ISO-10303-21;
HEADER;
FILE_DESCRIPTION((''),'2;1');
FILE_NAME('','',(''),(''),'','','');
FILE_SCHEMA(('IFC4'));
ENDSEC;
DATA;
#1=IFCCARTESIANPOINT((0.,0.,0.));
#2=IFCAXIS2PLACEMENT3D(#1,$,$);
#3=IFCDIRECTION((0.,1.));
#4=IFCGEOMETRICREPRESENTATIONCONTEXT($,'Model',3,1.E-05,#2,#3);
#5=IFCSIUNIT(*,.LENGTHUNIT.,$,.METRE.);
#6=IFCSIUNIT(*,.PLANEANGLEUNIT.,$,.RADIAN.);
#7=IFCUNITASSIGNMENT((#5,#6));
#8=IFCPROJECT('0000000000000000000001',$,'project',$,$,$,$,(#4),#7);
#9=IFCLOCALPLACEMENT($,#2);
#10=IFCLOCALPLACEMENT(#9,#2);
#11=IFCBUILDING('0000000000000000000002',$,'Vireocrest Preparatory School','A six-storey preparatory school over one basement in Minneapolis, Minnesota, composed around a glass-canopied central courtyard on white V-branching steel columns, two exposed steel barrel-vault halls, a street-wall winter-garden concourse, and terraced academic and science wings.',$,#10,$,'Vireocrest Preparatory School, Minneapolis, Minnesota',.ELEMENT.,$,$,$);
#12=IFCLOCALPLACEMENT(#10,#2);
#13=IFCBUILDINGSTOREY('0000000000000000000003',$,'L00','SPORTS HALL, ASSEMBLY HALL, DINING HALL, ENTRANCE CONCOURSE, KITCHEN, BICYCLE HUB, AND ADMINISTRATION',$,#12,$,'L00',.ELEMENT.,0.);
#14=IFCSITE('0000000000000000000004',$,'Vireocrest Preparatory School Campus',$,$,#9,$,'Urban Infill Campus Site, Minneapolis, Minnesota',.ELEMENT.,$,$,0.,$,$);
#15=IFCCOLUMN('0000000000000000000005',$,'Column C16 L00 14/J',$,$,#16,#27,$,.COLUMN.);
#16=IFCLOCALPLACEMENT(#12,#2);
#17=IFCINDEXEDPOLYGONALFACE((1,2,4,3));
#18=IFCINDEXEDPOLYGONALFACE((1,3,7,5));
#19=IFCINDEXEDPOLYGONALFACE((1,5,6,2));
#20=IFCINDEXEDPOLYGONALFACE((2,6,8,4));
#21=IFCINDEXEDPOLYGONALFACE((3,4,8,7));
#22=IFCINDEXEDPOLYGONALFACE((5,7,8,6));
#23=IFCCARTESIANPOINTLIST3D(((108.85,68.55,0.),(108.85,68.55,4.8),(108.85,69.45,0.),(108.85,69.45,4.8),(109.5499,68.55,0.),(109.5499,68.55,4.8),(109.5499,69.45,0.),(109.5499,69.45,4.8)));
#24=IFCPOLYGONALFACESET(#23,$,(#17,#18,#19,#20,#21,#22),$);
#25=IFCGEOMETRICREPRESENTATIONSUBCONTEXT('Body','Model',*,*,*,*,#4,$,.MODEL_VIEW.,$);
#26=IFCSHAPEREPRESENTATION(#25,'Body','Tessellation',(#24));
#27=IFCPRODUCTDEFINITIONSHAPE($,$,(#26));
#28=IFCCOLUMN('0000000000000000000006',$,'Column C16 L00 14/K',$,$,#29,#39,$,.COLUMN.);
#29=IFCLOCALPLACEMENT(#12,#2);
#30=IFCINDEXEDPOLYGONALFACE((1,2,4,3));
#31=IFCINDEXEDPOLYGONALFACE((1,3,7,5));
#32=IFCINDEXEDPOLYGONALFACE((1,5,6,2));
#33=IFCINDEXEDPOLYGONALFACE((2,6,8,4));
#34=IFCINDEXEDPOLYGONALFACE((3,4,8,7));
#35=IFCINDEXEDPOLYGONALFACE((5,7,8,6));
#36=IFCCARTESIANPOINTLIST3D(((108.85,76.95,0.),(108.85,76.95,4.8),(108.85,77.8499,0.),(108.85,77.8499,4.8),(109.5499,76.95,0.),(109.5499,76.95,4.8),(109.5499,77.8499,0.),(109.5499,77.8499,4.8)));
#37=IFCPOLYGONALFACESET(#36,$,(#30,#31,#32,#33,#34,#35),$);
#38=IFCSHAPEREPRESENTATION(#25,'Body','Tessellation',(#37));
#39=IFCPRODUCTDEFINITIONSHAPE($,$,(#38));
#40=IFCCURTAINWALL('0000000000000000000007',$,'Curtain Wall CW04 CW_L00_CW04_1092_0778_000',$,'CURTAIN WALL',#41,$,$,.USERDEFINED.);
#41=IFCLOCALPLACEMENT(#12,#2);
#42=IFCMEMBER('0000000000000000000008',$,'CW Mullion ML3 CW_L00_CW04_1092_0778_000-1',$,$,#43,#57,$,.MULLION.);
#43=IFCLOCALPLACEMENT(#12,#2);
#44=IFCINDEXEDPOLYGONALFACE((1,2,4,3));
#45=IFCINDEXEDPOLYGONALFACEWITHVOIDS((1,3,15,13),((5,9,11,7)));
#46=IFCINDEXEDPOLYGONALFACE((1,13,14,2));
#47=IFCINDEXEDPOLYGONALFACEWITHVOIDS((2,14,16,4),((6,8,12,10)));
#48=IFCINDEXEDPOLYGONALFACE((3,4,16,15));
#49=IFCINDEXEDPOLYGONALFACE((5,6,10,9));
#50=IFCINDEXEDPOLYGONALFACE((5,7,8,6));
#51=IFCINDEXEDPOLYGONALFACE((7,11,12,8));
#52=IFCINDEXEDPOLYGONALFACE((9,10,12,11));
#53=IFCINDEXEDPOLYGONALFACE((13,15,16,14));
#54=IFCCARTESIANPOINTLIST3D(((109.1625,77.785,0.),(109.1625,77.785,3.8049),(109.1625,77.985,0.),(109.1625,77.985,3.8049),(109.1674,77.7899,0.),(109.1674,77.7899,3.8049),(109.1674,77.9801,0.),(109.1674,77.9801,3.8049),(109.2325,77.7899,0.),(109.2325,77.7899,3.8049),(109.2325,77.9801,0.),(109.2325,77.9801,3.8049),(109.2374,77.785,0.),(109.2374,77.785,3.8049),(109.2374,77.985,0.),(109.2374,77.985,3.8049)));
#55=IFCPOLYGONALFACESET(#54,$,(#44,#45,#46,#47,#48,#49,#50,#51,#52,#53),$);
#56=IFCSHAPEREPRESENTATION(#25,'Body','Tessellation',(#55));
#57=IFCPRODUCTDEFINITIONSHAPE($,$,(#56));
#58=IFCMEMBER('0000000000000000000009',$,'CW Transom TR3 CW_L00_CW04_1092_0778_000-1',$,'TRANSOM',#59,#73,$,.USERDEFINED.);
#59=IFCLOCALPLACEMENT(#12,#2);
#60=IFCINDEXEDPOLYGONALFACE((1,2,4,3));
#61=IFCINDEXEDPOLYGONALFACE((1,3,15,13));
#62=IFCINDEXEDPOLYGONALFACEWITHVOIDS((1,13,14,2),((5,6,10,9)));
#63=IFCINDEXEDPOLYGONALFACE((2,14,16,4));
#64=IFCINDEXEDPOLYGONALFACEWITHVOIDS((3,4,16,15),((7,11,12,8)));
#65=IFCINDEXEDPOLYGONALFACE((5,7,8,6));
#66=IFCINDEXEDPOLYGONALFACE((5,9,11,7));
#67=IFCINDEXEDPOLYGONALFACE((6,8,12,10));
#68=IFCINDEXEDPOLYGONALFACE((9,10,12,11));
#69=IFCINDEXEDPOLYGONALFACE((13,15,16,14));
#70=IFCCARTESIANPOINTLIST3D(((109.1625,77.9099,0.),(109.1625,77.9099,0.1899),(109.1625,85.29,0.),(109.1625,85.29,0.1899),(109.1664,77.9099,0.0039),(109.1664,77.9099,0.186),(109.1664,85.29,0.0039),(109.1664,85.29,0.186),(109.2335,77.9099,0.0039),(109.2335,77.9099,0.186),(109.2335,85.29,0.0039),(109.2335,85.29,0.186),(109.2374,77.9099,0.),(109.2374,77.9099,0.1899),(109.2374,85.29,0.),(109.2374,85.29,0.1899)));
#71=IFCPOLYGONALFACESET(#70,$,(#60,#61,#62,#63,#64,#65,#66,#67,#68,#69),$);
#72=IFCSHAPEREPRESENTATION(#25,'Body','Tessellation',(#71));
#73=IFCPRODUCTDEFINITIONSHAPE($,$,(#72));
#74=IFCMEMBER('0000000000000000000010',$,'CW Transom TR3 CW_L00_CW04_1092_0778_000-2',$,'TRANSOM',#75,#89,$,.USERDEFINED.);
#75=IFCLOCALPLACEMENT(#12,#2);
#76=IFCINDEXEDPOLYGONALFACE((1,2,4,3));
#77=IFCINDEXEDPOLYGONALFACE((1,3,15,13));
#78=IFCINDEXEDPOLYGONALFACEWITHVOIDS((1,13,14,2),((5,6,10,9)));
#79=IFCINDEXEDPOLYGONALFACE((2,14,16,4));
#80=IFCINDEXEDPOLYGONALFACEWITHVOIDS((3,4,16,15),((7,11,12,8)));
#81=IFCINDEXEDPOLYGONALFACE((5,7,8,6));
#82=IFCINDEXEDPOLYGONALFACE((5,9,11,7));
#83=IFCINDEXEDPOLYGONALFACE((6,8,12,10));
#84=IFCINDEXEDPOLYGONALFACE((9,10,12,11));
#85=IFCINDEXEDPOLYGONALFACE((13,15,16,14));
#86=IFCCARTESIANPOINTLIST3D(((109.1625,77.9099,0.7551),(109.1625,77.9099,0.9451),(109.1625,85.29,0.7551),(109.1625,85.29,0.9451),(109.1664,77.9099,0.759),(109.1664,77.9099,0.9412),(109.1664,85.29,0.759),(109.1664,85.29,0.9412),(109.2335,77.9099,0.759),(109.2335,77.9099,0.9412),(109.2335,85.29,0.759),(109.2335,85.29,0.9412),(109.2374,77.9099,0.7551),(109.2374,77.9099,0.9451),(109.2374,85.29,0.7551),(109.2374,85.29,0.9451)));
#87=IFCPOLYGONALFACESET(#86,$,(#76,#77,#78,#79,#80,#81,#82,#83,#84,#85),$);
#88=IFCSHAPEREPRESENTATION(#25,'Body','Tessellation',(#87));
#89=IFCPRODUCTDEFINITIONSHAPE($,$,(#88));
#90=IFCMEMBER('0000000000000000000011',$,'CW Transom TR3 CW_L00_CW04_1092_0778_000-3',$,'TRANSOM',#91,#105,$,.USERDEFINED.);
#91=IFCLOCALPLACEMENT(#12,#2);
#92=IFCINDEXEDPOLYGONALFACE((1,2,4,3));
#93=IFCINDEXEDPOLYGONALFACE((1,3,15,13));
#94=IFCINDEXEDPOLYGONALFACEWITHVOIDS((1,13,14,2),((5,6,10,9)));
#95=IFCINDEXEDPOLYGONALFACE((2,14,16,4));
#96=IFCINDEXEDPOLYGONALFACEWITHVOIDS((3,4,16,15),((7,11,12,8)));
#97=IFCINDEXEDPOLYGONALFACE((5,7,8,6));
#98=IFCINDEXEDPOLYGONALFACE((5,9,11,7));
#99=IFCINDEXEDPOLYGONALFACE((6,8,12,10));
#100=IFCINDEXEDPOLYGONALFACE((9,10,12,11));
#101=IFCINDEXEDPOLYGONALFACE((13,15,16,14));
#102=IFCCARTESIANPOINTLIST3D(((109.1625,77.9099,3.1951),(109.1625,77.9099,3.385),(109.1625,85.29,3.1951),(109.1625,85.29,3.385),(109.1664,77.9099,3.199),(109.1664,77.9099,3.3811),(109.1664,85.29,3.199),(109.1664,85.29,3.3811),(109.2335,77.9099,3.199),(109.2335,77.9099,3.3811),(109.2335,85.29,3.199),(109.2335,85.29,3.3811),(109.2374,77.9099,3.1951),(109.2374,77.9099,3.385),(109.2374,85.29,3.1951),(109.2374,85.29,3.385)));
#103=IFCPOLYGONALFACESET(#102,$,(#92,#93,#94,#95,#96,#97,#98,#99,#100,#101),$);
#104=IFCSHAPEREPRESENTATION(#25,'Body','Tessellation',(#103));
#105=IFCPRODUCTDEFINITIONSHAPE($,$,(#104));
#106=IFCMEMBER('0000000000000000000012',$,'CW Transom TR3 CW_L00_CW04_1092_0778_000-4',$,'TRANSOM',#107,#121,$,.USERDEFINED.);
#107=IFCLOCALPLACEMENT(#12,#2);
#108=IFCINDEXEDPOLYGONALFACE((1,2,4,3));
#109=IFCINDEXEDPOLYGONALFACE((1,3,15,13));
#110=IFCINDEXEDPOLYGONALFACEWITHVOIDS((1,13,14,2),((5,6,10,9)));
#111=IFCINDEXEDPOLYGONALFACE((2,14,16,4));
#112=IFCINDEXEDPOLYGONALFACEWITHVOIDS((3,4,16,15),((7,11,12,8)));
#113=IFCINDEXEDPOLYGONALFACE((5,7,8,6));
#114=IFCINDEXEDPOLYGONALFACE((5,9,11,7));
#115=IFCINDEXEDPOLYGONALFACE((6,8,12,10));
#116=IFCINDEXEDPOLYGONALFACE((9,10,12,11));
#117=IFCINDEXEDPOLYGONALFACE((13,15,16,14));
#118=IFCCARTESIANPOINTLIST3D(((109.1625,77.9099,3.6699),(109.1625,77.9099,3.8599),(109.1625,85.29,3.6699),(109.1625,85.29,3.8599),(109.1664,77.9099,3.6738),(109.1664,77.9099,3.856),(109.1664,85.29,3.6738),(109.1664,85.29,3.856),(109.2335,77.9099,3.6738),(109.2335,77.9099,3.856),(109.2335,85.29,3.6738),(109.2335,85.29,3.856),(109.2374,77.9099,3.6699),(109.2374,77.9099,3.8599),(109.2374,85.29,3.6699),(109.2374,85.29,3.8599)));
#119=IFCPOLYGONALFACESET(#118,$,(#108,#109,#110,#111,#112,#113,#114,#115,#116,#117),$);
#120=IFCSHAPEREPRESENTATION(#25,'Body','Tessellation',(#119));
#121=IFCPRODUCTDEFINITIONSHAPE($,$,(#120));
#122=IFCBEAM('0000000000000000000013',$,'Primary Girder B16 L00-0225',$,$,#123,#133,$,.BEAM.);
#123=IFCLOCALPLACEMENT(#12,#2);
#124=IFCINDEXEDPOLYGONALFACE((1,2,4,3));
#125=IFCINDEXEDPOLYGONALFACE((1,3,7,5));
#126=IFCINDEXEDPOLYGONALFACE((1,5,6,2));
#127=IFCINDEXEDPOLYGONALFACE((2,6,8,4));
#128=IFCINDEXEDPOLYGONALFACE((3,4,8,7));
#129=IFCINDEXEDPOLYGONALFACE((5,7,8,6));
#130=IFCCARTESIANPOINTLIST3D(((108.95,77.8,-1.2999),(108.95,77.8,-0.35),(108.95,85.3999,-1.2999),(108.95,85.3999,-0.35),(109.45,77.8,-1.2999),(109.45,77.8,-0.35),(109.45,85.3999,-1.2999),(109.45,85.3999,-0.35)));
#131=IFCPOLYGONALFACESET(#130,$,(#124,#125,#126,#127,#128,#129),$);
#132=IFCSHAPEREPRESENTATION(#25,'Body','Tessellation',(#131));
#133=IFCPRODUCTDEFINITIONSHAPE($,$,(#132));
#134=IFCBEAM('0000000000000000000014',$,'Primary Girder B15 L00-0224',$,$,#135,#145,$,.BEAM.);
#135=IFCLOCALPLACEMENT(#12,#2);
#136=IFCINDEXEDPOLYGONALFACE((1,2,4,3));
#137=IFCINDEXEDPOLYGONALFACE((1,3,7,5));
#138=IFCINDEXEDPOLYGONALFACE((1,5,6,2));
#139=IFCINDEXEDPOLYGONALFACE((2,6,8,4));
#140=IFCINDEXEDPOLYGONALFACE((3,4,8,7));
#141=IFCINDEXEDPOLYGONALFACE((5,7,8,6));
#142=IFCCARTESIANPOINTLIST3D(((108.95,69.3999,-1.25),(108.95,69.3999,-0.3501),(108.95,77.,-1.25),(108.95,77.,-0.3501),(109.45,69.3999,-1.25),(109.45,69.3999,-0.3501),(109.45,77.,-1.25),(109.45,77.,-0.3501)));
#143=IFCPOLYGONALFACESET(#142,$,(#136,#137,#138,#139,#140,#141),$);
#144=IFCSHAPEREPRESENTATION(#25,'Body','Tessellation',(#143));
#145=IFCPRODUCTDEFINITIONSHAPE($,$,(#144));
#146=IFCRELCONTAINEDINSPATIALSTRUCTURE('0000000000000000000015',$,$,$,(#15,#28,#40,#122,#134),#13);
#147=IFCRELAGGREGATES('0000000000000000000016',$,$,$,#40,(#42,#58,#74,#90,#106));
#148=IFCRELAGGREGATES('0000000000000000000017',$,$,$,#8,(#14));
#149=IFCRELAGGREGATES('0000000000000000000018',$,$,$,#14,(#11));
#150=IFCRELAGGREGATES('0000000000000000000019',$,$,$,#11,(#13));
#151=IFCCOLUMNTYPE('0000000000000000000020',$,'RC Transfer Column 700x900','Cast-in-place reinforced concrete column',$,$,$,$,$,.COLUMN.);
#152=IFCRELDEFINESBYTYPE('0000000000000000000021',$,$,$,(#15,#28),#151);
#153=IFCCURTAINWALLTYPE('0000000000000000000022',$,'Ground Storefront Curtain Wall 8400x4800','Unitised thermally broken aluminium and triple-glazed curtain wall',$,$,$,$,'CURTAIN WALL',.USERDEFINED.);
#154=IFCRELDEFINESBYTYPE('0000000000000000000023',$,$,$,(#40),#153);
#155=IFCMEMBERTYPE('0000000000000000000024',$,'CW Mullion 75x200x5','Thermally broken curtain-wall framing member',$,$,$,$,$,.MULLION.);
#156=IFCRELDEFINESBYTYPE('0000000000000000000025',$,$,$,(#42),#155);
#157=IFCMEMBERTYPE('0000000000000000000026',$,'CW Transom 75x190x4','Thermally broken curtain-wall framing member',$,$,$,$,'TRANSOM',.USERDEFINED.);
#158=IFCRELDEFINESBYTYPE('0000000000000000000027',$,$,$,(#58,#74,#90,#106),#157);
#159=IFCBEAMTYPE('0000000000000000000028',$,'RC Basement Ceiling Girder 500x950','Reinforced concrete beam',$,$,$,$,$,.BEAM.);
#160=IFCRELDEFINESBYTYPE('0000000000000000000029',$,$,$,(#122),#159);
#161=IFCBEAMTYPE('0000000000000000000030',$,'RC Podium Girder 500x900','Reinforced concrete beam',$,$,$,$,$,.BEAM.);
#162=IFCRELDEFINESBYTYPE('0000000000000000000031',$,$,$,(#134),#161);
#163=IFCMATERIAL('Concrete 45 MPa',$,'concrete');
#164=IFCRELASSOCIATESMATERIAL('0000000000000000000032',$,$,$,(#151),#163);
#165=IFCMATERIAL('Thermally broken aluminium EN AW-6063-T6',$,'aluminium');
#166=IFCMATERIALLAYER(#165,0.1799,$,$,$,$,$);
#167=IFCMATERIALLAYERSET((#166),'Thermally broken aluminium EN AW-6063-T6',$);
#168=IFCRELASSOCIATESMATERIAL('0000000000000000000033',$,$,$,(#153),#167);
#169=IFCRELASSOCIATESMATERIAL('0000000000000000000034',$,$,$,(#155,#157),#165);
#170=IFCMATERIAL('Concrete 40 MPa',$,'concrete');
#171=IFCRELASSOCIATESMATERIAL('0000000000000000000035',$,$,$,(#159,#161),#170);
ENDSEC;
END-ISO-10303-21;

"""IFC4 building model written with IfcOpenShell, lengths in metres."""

from ifc_helpers import new_model, si_unit, direction, frame, origin, origin_2d, place, context, subcontext, project, spatial, rectangle, hollow_rectangle, extrude, material, layer, layer_set, material_profile, profile_set, type_object, element, aggregate, save


model = new_model("IFC4")

# Units and contexts
model_context = context("Model", 3, precision=1e-05, world=origin(), true_north=direction((0.0, 1.0)))
body_context = subcontext(model_context, "Body", "Model", "MODEL_VIEW")
ifc_project = project(units=[si_unit("LENGTHUNIT", "METRE"), si_unit("PLANEANGLEUNIT", "RADIAN")], contexts=[model_context])

# Site, building, storey
site_placement = place(None, origin())
site = spatial("IfcSite", under=ifc_project, at=site_placement, Name="Vireocrest Preparatory School Campus", LongName="Urban Infill Campus Site, Minneapolis, Minnesota", CompositionType="ELEMENT", RefElevation=0.0)
building_placement = place(site_placement, origin())
building = spatial("IfcBuilding", under=site, at=building_placement, Name="Vireocrest Preparatory School", Description="A six-storey preparatory school over one basement in Minneapolis, Minnesota, composed around a glass-canopied central courtyard on white V-branching steel columns, two exposed steel barrel-vault halls, a street-wall winter-garden concourse, and terraced academic and science wings.", LongName="Vireocrest Preparatory School, Minneapolis, Minnesota", CompositionType="ELEMENT")
storey_placement = place(building_placement, origin())
storey = spatial("IfcBuildingStorey", under=building, at=storey_placement, Name="L00", Description="SPORTS HALL, ASSEMBLY HALL, DINING HALL, ENTRANCE CONCOURSE, KITCHEN, BICYCLE HUB, AND ADMINISTRATION", LongName="L00", CompositionType="ELEMENT", Elevation=0.0)

# Columns
ifc_material_1 = material(Name="Concrete 45 MPa", Category="concrete")
ifc_material_profile_1 = material_profile(ifc_material_1, rectangle(XDim=0.7, YDim=0.8999, at=origin_2d()), Name="RC 700x900")
ifc_profile_set_1 = profile_set([ifc_material_profile_1], Name="Concrete 45 MPa")
column_type = type_object("IfcColumnType", Name="RC Transfer Column 700x900", Description="Cast-in-place reinforced concrete column", PredefinedType="COLUMN", material=ifc_profile_set_1)
for number, where, z_axis, x_axis, name in (
    (1, (109.2, 69.0, 0.0), (0.0, 0.0, 1.0), (1.0, 0.0, 0.0), "Column C16 L00 14/J"),
    (2, (109.2, 77.3999, 0.0), (0.0, 0.0, 1.0), (1.0, 0.0, 0.0), "Column C16 L00 14/K"),
):
    element("IfcColumn", number, at=place(storey_placement, frame(where, z_axis=z_axis, x_axis=x_axis)), inside=storey, type_object=column_type, Name=name, PredefinedType="COLUMN", context=body_context, shape_type="SweptSolid", body=[
        extrude(rectangle(XDim=0.7, YDim=0.8999, at=origin_2d()), origin(), (0.0, 0.0, 1.0), 4.8),
    ])

# Curtain wall, members
ifc_material_2 = material(Name="Thermally broken aluminium EN AW-6063-T6", Category="aluminium")
ifc_layer_1 = layer(ifc_material_2, 0.1799)
ifc_layer_set_1 = layer_set([ifc_layer_1], Name="Thermally broken aluminium EN AW-6063-T6")
curtain_wall_type = type_object("IfcCurtainWallType", Name="Ground Storefront Curtain Wall 8400x4800", Description="Unitised thermally broken aluminium and triple-glazed curtain wall", ElementType="CURTAIN WALL", PredefinedType="USERDEFINED", material=ifc_layer_set_1)
curtain_wall_placement = place(storey_placement, origin())
curtain_wall = element("IfcCurtainWall", 3, at=curtain_wall_placement, inside=storey, type_object=curtain_wall_type, Name="Curtain Wall CW04 CW_L00_CW04_1092_0778_000", ObjectType="CURTAIN WALL", PredefinedType="USERDEFINED")
ifc_material_profile_2 = material_profile(ifc_material_2, hollow_rectangle(XDim=0.075, YDim=0.2, WallThickness=0.0049, at=origin_2d()), Name="ALU 75x200x5")
ifc_profile_set_2 = profile_set([ifc_material_profile_2], Name="Thermally broken aluminium EN AW-6063-T6")
member_type_1 = type_object("IfcMemberType", Name="CW Mullion 75x200x5", Description="Thermally broken curtain-wall framing member", PredefinedType="MULLION", material=ifc_profile_set_2)
member_1_placement = place(storey_placement, frame((109.2, 77.885, 0.0), z_axis=(0.0, 0.0, 1.0), x_axis=(1.0, 0.0, 0.0)))
member_1 = element("IfcMember", 4, at=member_1_placement, type_object=member_type_1, Name="CW Mullion ML3 CW_L00_CW04_1092_0778_000-1", PredefinedType="MULLION", context=body_context, shape_type="SweptSolid", body=[
    extrude(hollow_rectangle(XDim=0.075, YDim=0.2, WallThickness=0.0049, at=origin_2d()), origin(), (0.0, 0.0, 1.0), 3.8049),
])
ifc_material_profile_3 = material_profile(ifc_material_2, hollow_rectangle(XDim=0.075, YDim=0.1899, WallThickness=0.0039, at=origin_2d()), Name="ALU 75x190x4")
ifc_profile_set_3 = profile_set([ifc_material_profile_3], Name="Thermally broken aluminium EN AW-6063-T6")
member_type_2 = type_object("IfcMemberType", Name="CW Transom 75x190x4", Description="Thermally broken curtain-wall framing member", ElementType="TRANSOM", PredefinedType="USERDEFINED", material=ifc_profile_set_3)
member_2_placement = place(storey_placement, frame((109.2, 77.9099, 0.095), z_axis=(0.0, 1.0, 0.0), x_axis=(-1.0, 0.0, 0.0)))
member_2 = element("IfcMember", 5, at=member_2_placement, type_object=member_type_2, Name="CW Transom TR3 CW_L00_CW04_1092_0778_000-1", ObjectType="TRANSOM", PredefinedType="USERDEFINED", context=body_context, shape_type="SweptSolid", body=[
    extrude(hollow_rectangle(XDim=0.075, YDim=0.1899, WallThickness=0.0039, at=origin_2d()), origin(), (0.0, 0.0, 1.0), 7.3801),
])
member_3_placement = place(storey_placement, frame((109.2, 77.9099, 0.8501), z_axis=(0.0, 1.0, 0.0), x_axis=(-1.0, 0.0, 0.0)))
member_3 = element("IfcMember", 6, at=member_3_placement, type_object=member_type_2, Name="CW Transom TR3 CW_L00_CW04_1092_0778_000-2", ObjectType="TRANSOM", PredefinedType="USERDEFINED", context=body_context, shape_type="SweptSolid", body=[
    extrude(hollow_rectangle(XDim=0.075, YDim=0.1899, WallThickness=0.0039, at=origin_2d()), origin(), (0.0, 0.0, 1.0), 7.3801),
])
member_4_placement = place(storey_placement, frame((109.2, 77.9099, 3.29), z_axis=(0.0, 1.0, 0.0), x_axis=(-1.0, 0.0, 0.0)))
member_4 = element("IfcMember", 7, at=member_4_placement, type_object=member_type_2, Name="CW Transom TR3 CW_L00_CW04_1092_0778_000-3", ObjectType="TRANSOM", PredefinedType="USERDEFINED", context=body_context, shape_type="SweptSolid", body=[
    extrude(hollow_rectangle(XDim=0.075, YDim=0.1899, WallThickness=0.0039, at=origin_2d()), origin(), (0.0, 0.0, 1.0), 7.3801),
])
member_5_placement = place(storey_placement, frame((109.2, 77.9099, 3.7649), z_axis=(0.0, 1.0, 0.0), x_axis=(-1.0, 0.0, 0.0)))
member_5 = element("IfcMember", 8, at=member_5_placement, type_object=member_type_2, Name="CW Transom TR3 CW_L00_CW04_1092_0778_000-4", ObjectType="TRANSOM", PredefinedType="USERDEFINED", context=body_context, shape_type="SweptSolid", body=[
    extrude(hollow_rectangle(XDim=0.075, YDim=0.1899, WallThickness=0.0039, at=origin_2d()), origin(), (0.0, 0.0, 1.0), 7.3801),
])
aggregate(curtain_wall, [member_1, member_2, member_3, member_4, member_5])

# Beams
ifc_material_3 = material(Name="Concrete 40 MPa", Category="concrete")
ifc_material_profile_4 = material_profile(ifc_material_3, rectangle(XDim=0.5, YDim=0.95, at=origin_2d()), Name="RC 500x950")
ifc_profile_set_4 = profile_set([ifc_material_profile_4], Name="Concrete 40 MPa")
beam_type_1 = type_object("IfcBeamType", Name="RC Basement Ceiling Girder 500x950", Description="Reinforced concrete beam", PredefinedType="BEAM", material=ifc_profile_set_4)
beam_1_placement = place(storey_placement, frame((109.2, 77.8, -0.825), z_axis=(0.0, 1.0, 0.0), x_axis=(-1.0, 0.0, 0.0)))
element("IfcBeam", 9, at=beam_1_placement, inside=storey, type_object=beam_type_1, Name="Primary Girder B16 L00-0225", PredefinedType="BEAM", context=body_context, shape_type="SweptSolid", body=[
    extrude(rectangle(XDim=0.5, YDim=0.95, at=origin_2d()), origin(), (0.0, 0.0, 1.0), 7.5999),
])
ifc_material_profile_5 = material_profile(ifc_material_3, rectangle(XDim=0.5, YDim=0.8999, at=origin_2d()), Name="RC 500x900")
ifc_profile_set_5 = profile_set([ifc_material_profile_5], Name="Concrete 40 MPa")
beam_type_2 = type_object("IfcBeamType", Name="RC Podium Girder 500x900", Description="Reinforced concrete beam", PredefinedType="BEAM", material=ifc_profile_set_5)
beam_2_placement = place(storey_placement, frame((109.2, 69.3999, -0.8), z_axis=(0.0, 1.0, 0.0), x_axis=(-1.0, 0.0, 0.0)))
element("IfcBeam", 10, at=beam_2_placement, inside=storey, type_object=beam_type_2, Name="Primary Girder B15 L00-0224", PredefinedType="BEAM", context=body_context, shape_type="SweptSolid", body=[
    extrude(rectangle(XDim=0.5, YDim=0.8999, at=origin_2d()), origin(), (0.0, 0.0, 1.0), 7.6001),
])

save(model, "model.ifc")
